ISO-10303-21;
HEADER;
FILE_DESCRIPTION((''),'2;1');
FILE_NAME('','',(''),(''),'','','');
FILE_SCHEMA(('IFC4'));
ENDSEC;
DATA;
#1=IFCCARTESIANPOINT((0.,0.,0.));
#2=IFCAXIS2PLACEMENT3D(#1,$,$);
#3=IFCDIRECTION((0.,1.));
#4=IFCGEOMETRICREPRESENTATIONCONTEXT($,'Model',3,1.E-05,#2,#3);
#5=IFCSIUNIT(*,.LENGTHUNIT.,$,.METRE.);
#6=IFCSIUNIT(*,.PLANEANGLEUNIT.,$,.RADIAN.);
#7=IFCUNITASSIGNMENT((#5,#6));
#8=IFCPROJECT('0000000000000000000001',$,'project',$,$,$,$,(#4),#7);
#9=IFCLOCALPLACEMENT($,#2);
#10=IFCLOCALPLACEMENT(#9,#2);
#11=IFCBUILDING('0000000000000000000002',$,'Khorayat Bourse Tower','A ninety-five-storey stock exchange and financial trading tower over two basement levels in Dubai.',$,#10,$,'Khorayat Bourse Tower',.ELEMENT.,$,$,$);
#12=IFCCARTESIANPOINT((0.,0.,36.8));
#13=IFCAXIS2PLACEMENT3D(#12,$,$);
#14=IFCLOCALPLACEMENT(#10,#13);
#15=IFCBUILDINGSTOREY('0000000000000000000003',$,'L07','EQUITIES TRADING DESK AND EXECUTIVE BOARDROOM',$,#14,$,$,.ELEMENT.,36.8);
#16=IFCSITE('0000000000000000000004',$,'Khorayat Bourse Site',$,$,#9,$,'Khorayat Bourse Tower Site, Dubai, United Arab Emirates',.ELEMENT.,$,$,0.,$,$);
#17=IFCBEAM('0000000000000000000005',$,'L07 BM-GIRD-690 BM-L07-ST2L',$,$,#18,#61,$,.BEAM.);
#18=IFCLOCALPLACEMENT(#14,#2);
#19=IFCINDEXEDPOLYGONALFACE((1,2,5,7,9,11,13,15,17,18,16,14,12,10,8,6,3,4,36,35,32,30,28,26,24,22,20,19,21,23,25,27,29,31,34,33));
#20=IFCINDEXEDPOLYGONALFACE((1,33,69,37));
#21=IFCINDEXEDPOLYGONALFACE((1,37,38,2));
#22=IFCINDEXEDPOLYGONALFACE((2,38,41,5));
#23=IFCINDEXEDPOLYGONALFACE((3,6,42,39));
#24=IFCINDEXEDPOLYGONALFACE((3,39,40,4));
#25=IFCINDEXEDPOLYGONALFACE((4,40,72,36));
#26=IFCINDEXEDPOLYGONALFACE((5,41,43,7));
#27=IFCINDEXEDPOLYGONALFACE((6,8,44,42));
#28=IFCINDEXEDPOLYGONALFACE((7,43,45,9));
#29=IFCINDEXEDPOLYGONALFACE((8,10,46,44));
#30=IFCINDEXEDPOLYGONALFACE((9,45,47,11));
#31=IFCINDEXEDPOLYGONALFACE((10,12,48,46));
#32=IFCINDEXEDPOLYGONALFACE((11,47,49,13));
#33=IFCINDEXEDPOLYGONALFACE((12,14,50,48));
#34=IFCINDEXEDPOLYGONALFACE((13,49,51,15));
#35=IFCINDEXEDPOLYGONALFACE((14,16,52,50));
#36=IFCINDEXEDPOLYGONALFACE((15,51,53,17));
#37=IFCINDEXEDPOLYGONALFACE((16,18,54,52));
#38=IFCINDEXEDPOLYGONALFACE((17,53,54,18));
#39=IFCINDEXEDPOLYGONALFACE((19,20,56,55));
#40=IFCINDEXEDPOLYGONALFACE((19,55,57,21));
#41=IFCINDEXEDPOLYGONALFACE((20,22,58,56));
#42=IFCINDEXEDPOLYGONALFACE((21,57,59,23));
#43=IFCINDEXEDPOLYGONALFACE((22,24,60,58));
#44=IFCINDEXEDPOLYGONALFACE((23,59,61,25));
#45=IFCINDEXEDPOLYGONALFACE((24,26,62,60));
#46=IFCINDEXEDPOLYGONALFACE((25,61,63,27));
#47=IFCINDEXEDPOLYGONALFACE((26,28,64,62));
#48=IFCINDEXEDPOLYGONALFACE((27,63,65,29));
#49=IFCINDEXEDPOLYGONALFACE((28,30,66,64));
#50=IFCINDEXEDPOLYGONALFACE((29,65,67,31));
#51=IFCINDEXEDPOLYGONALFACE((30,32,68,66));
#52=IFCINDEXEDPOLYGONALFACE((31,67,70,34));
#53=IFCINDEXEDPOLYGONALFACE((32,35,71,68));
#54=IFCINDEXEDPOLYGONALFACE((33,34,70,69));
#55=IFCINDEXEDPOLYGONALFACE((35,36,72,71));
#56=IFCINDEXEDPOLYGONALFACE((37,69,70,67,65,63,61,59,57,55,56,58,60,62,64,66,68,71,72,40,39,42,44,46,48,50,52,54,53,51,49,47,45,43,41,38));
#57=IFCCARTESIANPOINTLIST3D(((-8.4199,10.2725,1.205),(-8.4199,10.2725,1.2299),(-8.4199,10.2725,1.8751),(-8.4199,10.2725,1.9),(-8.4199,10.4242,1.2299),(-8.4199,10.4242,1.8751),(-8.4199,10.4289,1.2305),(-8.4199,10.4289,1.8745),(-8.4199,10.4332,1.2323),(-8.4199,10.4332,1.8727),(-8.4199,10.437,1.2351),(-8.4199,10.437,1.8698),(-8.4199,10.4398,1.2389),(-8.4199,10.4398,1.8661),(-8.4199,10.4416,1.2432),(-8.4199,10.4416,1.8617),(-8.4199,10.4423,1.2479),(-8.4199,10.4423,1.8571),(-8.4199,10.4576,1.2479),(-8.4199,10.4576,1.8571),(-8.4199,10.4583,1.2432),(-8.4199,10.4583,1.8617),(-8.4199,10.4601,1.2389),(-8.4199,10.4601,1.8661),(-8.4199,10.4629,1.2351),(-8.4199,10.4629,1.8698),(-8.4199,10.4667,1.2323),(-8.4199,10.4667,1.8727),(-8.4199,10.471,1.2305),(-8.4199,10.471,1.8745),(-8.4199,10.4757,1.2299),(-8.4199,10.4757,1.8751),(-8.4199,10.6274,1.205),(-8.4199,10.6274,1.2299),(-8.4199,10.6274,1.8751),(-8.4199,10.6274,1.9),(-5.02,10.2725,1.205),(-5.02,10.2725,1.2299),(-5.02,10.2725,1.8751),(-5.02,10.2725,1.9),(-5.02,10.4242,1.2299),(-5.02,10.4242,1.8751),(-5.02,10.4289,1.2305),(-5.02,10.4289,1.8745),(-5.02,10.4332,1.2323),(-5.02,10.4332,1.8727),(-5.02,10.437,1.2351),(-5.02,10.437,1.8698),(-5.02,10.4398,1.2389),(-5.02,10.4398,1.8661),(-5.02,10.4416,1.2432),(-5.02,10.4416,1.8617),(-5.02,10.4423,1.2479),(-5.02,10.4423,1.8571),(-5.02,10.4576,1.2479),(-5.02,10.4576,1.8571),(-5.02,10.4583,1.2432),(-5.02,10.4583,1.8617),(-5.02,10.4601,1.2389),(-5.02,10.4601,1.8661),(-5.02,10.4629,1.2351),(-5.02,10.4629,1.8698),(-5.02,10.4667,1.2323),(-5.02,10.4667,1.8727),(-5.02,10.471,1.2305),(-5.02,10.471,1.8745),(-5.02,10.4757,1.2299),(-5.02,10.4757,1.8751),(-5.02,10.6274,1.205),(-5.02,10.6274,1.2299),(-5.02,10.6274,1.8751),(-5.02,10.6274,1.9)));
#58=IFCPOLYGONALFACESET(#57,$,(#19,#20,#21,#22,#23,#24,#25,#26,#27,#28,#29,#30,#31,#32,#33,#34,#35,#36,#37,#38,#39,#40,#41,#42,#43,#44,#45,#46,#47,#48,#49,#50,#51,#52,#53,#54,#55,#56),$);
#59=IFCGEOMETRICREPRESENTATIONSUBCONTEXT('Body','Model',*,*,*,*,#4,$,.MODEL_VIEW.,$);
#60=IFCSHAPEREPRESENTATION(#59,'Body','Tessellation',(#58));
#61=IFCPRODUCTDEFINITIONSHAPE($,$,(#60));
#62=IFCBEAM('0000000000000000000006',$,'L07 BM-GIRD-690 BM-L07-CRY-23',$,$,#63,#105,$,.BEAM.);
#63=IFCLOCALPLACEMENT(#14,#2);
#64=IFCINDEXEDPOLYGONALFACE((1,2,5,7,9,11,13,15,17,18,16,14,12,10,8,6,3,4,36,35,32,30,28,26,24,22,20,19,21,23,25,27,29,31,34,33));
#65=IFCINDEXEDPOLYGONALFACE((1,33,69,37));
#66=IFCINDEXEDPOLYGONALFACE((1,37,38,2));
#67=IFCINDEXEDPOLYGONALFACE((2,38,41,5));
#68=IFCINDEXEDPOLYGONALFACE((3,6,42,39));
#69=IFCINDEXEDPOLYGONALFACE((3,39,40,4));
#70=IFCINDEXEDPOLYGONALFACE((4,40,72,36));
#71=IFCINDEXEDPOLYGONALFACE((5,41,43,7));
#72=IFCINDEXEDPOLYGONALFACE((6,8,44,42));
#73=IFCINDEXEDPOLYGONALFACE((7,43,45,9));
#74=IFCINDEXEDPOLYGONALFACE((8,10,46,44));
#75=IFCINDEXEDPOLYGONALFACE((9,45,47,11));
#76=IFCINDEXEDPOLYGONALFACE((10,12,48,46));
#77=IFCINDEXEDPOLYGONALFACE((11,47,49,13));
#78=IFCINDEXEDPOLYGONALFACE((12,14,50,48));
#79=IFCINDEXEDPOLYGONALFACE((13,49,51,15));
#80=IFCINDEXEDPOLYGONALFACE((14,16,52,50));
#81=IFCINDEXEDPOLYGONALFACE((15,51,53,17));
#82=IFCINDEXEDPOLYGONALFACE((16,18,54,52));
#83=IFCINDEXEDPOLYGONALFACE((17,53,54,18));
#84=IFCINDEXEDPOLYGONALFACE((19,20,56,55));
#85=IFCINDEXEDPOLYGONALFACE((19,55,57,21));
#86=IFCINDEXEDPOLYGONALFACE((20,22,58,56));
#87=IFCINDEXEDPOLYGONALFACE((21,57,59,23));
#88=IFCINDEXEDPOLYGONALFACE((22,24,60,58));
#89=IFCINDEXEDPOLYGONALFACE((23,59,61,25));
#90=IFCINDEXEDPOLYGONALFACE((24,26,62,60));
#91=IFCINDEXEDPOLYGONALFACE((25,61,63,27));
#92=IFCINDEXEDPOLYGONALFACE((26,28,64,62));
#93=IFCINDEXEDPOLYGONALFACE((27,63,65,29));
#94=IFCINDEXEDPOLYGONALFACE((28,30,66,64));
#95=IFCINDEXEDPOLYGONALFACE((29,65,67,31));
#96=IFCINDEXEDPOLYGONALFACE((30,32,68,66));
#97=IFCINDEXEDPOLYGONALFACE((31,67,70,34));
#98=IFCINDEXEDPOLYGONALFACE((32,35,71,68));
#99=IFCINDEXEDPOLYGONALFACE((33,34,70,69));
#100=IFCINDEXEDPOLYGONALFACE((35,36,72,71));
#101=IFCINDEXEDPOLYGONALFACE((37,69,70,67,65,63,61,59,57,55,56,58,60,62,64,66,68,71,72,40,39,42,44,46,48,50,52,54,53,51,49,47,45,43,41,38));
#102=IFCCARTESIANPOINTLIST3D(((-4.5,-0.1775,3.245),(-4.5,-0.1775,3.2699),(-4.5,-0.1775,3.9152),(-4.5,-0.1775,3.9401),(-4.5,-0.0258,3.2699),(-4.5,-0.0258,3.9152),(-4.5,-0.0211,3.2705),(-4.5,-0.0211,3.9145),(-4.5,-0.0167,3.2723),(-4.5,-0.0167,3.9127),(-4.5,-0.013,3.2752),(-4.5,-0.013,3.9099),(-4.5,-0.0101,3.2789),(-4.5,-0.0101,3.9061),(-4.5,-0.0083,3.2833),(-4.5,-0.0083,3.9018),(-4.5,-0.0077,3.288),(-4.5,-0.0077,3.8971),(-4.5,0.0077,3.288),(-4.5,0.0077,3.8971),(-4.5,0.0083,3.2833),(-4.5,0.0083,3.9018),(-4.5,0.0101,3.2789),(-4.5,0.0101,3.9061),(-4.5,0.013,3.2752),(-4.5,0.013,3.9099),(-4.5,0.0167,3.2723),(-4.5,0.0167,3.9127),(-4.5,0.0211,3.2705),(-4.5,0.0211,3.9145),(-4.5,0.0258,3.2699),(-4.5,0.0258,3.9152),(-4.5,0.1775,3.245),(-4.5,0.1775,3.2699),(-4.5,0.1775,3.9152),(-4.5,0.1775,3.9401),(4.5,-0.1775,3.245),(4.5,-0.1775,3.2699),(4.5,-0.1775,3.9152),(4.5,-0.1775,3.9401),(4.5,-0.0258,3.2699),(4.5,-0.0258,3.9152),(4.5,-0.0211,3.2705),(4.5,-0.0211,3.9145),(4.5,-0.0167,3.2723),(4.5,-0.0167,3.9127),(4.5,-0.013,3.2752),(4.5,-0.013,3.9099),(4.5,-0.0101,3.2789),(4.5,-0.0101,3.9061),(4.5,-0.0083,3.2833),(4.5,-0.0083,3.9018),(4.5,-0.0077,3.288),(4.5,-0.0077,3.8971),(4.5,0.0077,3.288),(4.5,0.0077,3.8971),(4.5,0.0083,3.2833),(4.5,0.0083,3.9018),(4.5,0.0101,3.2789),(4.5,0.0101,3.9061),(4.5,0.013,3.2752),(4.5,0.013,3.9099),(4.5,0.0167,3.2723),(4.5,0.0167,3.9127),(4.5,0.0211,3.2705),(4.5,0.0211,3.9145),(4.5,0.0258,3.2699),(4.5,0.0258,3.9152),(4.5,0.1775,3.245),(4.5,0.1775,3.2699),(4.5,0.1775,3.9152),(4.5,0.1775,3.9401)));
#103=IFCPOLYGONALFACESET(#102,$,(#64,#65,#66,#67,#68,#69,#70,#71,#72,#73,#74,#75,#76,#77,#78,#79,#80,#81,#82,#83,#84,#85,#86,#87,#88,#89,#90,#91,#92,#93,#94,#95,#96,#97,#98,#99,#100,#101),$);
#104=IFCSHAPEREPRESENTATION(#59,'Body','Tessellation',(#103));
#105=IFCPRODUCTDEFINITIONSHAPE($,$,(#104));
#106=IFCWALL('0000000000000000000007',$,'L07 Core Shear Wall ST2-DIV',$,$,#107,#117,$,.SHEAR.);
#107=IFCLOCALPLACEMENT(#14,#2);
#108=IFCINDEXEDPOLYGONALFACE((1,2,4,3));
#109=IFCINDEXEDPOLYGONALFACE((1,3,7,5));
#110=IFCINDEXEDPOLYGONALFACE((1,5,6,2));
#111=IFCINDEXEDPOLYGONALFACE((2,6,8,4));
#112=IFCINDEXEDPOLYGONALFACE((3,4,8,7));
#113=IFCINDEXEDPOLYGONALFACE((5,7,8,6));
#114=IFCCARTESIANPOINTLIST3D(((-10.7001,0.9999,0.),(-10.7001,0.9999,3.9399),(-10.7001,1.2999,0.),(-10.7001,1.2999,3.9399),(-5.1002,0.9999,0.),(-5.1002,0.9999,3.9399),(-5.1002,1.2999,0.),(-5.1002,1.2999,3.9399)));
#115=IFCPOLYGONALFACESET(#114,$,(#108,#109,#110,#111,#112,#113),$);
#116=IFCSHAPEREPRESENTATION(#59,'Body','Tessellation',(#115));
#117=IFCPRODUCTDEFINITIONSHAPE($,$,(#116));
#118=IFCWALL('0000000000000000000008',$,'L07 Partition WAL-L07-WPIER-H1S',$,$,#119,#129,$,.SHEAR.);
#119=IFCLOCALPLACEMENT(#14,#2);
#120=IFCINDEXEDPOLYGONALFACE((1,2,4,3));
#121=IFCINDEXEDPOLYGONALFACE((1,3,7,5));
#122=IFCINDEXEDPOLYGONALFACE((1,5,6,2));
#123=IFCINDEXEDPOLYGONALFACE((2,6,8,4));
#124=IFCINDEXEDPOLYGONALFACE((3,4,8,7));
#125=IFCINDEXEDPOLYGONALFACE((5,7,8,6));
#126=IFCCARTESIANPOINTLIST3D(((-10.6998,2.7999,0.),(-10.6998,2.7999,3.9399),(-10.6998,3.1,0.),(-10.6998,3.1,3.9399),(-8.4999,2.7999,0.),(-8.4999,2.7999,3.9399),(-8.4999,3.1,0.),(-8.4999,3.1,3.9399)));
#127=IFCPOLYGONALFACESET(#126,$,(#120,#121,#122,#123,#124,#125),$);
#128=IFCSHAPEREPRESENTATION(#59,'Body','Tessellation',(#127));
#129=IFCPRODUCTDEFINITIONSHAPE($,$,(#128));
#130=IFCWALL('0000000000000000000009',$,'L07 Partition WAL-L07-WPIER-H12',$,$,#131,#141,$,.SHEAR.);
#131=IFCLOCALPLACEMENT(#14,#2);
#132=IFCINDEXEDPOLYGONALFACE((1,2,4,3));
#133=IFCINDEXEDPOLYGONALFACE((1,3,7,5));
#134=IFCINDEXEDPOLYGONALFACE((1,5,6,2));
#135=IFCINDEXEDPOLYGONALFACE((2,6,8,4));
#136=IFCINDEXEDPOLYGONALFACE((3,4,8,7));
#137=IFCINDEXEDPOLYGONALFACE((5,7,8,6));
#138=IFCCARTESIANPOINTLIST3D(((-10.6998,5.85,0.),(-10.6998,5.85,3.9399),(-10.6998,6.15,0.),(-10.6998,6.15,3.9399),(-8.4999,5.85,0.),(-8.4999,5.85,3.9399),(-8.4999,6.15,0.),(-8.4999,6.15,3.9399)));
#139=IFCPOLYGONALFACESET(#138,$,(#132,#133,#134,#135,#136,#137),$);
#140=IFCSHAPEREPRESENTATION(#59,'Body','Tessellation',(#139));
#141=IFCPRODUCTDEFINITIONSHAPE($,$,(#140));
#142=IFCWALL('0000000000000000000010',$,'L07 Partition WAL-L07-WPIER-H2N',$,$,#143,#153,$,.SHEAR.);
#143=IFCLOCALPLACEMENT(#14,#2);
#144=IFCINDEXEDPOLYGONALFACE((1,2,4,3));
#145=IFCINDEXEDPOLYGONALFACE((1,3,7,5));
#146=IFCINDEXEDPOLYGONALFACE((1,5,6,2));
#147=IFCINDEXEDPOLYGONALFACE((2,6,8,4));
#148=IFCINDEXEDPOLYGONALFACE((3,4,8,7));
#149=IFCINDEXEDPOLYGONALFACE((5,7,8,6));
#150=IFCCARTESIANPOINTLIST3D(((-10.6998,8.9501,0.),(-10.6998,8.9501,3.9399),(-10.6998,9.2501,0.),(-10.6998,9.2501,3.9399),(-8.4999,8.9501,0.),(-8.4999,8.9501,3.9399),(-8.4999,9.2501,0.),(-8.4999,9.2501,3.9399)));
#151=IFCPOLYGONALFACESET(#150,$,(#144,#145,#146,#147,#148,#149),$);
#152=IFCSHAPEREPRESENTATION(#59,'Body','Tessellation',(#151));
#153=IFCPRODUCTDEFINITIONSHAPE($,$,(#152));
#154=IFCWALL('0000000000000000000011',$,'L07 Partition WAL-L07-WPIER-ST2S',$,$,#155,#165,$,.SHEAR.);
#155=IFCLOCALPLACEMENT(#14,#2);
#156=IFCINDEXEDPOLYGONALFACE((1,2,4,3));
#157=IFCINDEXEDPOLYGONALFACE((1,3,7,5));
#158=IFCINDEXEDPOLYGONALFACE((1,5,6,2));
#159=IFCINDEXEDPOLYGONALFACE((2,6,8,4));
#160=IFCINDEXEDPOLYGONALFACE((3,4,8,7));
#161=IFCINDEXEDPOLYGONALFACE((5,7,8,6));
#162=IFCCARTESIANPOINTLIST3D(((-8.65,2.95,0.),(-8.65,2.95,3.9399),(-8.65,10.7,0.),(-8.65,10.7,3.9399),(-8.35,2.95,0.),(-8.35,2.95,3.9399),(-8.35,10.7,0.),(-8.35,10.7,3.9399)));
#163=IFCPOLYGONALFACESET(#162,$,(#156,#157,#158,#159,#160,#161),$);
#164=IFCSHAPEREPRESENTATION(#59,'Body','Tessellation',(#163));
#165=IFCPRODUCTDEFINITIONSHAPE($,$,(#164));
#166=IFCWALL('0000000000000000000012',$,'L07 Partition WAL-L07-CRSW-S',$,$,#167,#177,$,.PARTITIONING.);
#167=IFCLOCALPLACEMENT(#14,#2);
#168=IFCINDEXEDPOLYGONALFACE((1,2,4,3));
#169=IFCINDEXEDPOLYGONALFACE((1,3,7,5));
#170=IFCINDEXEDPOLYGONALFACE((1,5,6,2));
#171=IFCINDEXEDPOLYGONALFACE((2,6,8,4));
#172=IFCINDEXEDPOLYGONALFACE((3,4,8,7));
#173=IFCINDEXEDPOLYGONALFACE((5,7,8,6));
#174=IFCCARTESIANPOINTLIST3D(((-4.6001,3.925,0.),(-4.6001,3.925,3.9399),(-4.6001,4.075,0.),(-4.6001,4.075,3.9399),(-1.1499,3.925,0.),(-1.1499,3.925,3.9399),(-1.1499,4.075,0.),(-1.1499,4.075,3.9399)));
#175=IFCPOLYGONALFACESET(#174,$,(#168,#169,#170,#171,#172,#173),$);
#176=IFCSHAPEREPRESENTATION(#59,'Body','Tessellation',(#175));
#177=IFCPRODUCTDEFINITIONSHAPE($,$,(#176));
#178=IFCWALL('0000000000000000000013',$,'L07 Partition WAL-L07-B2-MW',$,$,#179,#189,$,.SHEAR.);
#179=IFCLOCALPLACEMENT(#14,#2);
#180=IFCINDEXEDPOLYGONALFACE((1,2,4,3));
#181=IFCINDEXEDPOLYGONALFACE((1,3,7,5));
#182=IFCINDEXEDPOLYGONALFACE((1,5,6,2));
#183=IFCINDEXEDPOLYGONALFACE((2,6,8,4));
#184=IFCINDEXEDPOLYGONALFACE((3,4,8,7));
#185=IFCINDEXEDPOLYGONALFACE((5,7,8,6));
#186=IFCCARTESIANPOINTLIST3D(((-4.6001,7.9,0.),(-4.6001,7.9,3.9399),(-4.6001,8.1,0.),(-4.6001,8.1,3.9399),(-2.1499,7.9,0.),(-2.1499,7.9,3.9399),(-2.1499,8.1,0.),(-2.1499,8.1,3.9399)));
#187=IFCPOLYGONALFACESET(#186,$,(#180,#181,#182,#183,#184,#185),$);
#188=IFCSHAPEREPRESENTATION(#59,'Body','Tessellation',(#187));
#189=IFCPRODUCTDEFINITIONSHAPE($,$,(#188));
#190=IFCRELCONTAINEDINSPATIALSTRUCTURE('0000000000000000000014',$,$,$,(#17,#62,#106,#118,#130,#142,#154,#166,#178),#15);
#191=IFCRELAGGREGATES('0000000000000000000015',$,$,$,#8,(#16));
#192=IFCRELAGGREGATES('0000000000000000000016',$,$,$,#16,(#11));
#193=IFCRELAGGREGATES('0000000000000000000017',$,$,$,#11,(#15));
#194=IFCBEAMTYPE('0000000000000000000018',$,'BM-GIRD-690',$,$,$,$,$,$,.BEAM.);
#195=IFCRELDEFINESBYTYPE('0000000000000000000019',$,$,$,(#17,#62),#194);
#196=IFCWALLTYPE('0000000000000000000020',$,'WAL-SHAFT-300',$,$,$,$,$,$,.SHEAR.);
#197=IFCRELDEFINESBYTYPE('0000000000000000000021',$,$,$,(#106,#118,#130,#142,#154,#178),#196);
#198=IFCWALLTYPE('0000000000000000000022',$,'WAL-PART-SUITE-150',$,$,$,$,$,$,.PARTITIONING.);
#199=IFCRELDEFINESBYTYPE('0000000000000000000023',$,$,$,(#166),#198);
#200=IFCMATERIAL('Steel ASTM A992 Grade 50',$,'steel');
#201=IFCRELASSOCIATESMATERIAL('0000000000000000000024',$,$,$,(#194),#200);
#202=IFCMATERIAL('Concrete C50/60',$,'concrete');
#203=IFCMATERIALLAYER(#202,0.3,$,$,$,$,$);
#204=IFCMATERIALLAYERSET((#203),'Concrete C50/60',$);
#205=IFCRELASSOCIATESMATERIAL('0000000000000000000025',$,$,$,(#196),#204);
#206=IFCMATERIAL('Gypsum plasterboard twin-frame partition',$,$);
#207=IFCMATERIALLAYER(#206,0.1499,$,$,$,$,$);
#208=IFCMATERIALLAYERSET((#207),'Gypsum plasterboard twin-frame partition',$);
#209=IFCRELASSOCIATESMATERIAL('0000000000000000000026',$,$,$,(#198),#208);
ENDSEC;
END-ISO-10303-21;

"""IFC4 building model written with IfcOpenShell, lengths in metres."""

from ifc_helpers import new_model, si_unit, direction, frame, frame_2d, origin, origin_2d, place, context, subcontext, project, spatial, rectangle, i_section, extrude, source, transform, mapped, material, layer, layer_set, material_profile, profile_set, type_object, element, save


model = new_model("IFC4")

# Units and contexts
model_context = context("Model", 3, precision=1e-05, world=origin(), true_north=direction((0.0, 1.0)))
body_context = subcontext(model_context, "Body", "Model", "MODEL_VIEW")
ifc_project = project(units=[si_unit("LENGTHUNIT", "METRE"), si_unit("PLANEANGLEUNIT", "RADIAN")], contexts=[model_context])

# Site, building, storey
site_placement = place(None, origin())
site = spatial("IfcSite", under=ifc_project, at=site_placement, Name="Khorayat Bourse Site", LongName="Khorayat Bourse Tower Site, Dubai, United Arab Emirates", CompositionType="ELEMENT", RefElevation=0.0)
building_placement = place(site_placement, origin())
building = spatial("IfcBuilding", under=site, at=building_placement, Name="Khorayat Bourse Tower", Description="A ninety-five-storey stock exchange and financial trading tower over two basement levels in Dubai.", LongName="Khorayat Bourse Tower", CompositionType="ELEMENT")
storey_placement = place(building_placement, frame((0.0, 0.0, 36.8)))
storey = spatial("IfcBuildingStorey", under=building, at=storey_placement, Name="L07", Description="EQUITIES TRADING DESK AND EXECUTIVE BOARDROOM", CompositionType="ELEMENT", Elevation=36.8)

# Beams
ifc_material_1 = material(Name="Steel ASTM A992 Grade 50", Category="steel")
ifc_material_profile_1 = material_profile(ifc_material_1, i_section(OverallWidth=0.355, OverallDepth=0.6951, WebThickness=0.0154, FlangeThickness=0.0249, FilletRadius=0.0181, at=origin_2d()), Name="W690X217")
ifc_profile_set_1 = profile_set([ifc_material_profile_1], Name="Steel ASTM A992 Grade 50")
beam_type_1 = type_object("IfcBeamType", Name="BM-GIRD-690", PredefinedType="BEAM", material=ifc_profile_set_1)
shared_shape_1 = source(origin(), body_context, "Body", "SweptSolid", [
    extrude(i_section(OverallWidth=0.355, OverallDepth=0.6951, WebThickness=0.0154, FlangeThickness=0.0249, FilletRadius=0.0181, at=origin_2d()), origin(), (0.0, 0.0, 1.0), 3.3999),
])
beam_1_placement = place(storey_placement, frame((-8.4199, 10.45, 1.5525), z_axis=(1.0, 0.0, 0.0), x_axis=(0.0, 1.0, 0.0)))
element("IfcBeam", 1, at=beam_1_placement, inside=storey, type_object=beam_type_1, Name="L07 BM-GIRD-690 BM-L07-ST2L", PredefinedType="BEAM", context=body_context, shape_type="MappedRepresentation", body=[
    mapped(shared_shape_1, transform((0.0, 0.0, 0.0), scale=1.0)),
])
shared_shape_2 = source(origin(), body_context, "Body", "SweptSolid", [
    extrude(i_section(OverallWidth=0.355, OverallDepth=0.6951, WebThickness=0.0154, FlangeThickness=0.0249, FilletRadius=0.0181, at=origin_2d()), origin(), (0.0, 0.0, 1.0), 9.0),
])
beam_2_placement = place(storey_placement, frame((-4.5, 0.0, 3.5925), z_axis=(1.0, 0.0, 0.0), x_axis=(0.0, 1.0, 0.0)))
element("IfcBeam", 2, at=beam_2_placement, inside=storey, type_object=beam_type_1, Name="L07 BM-GIRD-690 BM-L07-CRY-23", PredefinedType="BEAM", context=body_context, shape_type="MappedRepresentation", body=[
    mapped(shared_shape_2, transform((0.0, 0.0, 0.0), scale=1.0)),
])

# Walls
ifc_material_2 = material(Name="Concrete C50/60", Category="concrete")
ifc_layer_1 = layer(ifc_material_2, 0.3)
ifc_layer_set_1 = layer_set([ifc_layer_1], Name="Concrete C50/60")
wall_type_1 = type_object("IfcWallType", Name="WAL-SHAFT-300", PredefinedType="SHEAR", material=ifc_layer_set_1)
shared_shape_3 = source(origin(), body_context, "Body", "SweptSolid", [
    extrude(rectangle(XDim=5.5999, YDim=0.3, at=frame_2d((2.7998, 0.0))), origin(), (0.0, 0.0, 1.0), 3.9399),
])
wall_1_placement = place(storey_placement, frame((-10.7, 1.1499, 0.0), z_axis=(0.0, 0.0, 1.0), x_axis=(1.0, 0.0, 0.0)))
element("IfcWall", 3, at=wall_1_placement, inside=storey, type_object=wall_type_1, Name="L07 Core Shear Wall ST2-DIV", PredefinedType="SHEAR", context=body_context, shape_type="MappedRepresentation", body=[
    mapped(shared_shape_3, transform((0.0, 0.0, 0.0), scale=1.0)),
])
shared_shape_4 = source(origin(), body_context, "Body", "SweptSolid", [
    extrude(rectangle(XDim=2.2, YDim=0.3, at=frame_2d((1.1001, 0.0))), origin(), (0.0, 0.0, 1.0), 3.9399),
])
for number, where, z_axis, x_axis, name in (
    (4, (-10.7, 2.95, 0.0), (0.0, 0.0, 1.0), (1.0, 0.0, 0.0), "L07 Partition WAL-L07-WPIER-H1S"),
    (5, (-10.7, 6.0, 0.0), (0.0, 0.0, 1.0), (1.0, 0.0, 0.0), "L07 Partition WAL-L07-WPIER-H12"),
    (6, (-10.7, 9.1001, 0.0), (0.0, 0.0, 1.0), (1.0, 0.0, 0.0), "L07 Partition WAL-L07-WPIER-H2N"),
):
    element("IfcWall", number, at=place(storey_placement, frame(where, z_axis=z_axis, x_axis=x_axis)), inside=storey, type_object=wall_type_1, Name=name, PredefinedType="SHEAR", context=body_context, shape_type="MappedRepresentation", body=[
        mapped(shared_shape_4, transform((0.0, 0.0, 0.0), scale=1.0)),
    ])
shared_shape_5 = source(origin(), body_context, "Body", "SweptSolid", [
    extrude(rectangle(XDim=7.75, YDim=0.3, at=frame_2d((3.875, 0.0))), origin(), (0.0, 0.0, 1.0), 3.9399),
])
wall_2_placement = place(storey_placement, frame((-8.5, 2.95, 0.0), z_axis=(0.0, 0.0, 1.0), x_axis=(0.0, 1.0, 0.0)))
element("IfcWall", 7, at=wall_2_placement, inside=storey, type_object=wall_type_1, Name="L07 Partition WAL-L07-WPIER-ST2S", PredefinedType="SHEAR", context=body_context, shape_type="MappedRepresentation", body=[
    mapped(shared_shape_5, transform((0.0, 0.0, 0.0), scale=1.0)),
])
ifc_material_3 = material(Name="Gypsum plasterboard twin-frame partition")
ifc_layer_2 = layer(ifc_material_3, 0.1499)
ifc_layer_set_2 = layer_set([ifc_layer_2], Name="Gypsum plasterboard twin-frame partition")
wall_type_2 = type_object("IfcWallType", Name="WAL-PART-SUITE-150", PredefinedType="PARTITIONING", material=ifc_layer_set_2)
shared_shape_6 = source(origin(), body_context, "Body", "SweptSolid", [
    extrude(rectangle(XDim=3.4502, YDim=0.1499, at=frame_2d((1.7251, 0.0))), origin(), (0.0, 0.0, 1.0), 3.9399),
])
wall_3_placement = place(storey_placement, frame((-4.6001, 4.0, 0.0), z_axis=(0.0, 0.0, 1.0), x_axis=(1.0, 0.0, 0.0)))
element("IfcWall", 8, at=wall_3_placement, inside=storey, type_object=wall_type_2, Name="L07 Partition WAL-L07-CRSW-S", PredefinedType="PARTITIONING", context=body_context, shape_type="MappedRepresentation", body=[
    mapped(shared_shape_6, transform((0.0, 0.0, 0.0), scale=1.0)),
])
shared_shape_7 = source(origin(), body_context, "Body", "SweptSolid", [
    extrude(rectangle(XDim=2.4502, YDim=0.2, at=frame_2d((1.2251, 0.0))), origin(), (0.0, 0.0, 1.0), 3.9399),
])
wall_4_placement = place(storey_placement, frame((-4.6001, 8.0, 0.0), z_axis=(0.0, 0.0, 1.0), x_axis=(1.0, 0.0, 0.0)))
element("IfcWall", 9, at=wall_4_placement, inside=storey, type_object=wall_type_1, Name="L07 Partition WAL-L07-B2-MW", PredefinedType="SHEAR", context=body_context, shape_type="MappedRepresentation", body=[
    mapped(shared_shape_7, transform((0.0, 0.0, 0.0), scale=1.0)),
])

save(model, "model.ifc")
